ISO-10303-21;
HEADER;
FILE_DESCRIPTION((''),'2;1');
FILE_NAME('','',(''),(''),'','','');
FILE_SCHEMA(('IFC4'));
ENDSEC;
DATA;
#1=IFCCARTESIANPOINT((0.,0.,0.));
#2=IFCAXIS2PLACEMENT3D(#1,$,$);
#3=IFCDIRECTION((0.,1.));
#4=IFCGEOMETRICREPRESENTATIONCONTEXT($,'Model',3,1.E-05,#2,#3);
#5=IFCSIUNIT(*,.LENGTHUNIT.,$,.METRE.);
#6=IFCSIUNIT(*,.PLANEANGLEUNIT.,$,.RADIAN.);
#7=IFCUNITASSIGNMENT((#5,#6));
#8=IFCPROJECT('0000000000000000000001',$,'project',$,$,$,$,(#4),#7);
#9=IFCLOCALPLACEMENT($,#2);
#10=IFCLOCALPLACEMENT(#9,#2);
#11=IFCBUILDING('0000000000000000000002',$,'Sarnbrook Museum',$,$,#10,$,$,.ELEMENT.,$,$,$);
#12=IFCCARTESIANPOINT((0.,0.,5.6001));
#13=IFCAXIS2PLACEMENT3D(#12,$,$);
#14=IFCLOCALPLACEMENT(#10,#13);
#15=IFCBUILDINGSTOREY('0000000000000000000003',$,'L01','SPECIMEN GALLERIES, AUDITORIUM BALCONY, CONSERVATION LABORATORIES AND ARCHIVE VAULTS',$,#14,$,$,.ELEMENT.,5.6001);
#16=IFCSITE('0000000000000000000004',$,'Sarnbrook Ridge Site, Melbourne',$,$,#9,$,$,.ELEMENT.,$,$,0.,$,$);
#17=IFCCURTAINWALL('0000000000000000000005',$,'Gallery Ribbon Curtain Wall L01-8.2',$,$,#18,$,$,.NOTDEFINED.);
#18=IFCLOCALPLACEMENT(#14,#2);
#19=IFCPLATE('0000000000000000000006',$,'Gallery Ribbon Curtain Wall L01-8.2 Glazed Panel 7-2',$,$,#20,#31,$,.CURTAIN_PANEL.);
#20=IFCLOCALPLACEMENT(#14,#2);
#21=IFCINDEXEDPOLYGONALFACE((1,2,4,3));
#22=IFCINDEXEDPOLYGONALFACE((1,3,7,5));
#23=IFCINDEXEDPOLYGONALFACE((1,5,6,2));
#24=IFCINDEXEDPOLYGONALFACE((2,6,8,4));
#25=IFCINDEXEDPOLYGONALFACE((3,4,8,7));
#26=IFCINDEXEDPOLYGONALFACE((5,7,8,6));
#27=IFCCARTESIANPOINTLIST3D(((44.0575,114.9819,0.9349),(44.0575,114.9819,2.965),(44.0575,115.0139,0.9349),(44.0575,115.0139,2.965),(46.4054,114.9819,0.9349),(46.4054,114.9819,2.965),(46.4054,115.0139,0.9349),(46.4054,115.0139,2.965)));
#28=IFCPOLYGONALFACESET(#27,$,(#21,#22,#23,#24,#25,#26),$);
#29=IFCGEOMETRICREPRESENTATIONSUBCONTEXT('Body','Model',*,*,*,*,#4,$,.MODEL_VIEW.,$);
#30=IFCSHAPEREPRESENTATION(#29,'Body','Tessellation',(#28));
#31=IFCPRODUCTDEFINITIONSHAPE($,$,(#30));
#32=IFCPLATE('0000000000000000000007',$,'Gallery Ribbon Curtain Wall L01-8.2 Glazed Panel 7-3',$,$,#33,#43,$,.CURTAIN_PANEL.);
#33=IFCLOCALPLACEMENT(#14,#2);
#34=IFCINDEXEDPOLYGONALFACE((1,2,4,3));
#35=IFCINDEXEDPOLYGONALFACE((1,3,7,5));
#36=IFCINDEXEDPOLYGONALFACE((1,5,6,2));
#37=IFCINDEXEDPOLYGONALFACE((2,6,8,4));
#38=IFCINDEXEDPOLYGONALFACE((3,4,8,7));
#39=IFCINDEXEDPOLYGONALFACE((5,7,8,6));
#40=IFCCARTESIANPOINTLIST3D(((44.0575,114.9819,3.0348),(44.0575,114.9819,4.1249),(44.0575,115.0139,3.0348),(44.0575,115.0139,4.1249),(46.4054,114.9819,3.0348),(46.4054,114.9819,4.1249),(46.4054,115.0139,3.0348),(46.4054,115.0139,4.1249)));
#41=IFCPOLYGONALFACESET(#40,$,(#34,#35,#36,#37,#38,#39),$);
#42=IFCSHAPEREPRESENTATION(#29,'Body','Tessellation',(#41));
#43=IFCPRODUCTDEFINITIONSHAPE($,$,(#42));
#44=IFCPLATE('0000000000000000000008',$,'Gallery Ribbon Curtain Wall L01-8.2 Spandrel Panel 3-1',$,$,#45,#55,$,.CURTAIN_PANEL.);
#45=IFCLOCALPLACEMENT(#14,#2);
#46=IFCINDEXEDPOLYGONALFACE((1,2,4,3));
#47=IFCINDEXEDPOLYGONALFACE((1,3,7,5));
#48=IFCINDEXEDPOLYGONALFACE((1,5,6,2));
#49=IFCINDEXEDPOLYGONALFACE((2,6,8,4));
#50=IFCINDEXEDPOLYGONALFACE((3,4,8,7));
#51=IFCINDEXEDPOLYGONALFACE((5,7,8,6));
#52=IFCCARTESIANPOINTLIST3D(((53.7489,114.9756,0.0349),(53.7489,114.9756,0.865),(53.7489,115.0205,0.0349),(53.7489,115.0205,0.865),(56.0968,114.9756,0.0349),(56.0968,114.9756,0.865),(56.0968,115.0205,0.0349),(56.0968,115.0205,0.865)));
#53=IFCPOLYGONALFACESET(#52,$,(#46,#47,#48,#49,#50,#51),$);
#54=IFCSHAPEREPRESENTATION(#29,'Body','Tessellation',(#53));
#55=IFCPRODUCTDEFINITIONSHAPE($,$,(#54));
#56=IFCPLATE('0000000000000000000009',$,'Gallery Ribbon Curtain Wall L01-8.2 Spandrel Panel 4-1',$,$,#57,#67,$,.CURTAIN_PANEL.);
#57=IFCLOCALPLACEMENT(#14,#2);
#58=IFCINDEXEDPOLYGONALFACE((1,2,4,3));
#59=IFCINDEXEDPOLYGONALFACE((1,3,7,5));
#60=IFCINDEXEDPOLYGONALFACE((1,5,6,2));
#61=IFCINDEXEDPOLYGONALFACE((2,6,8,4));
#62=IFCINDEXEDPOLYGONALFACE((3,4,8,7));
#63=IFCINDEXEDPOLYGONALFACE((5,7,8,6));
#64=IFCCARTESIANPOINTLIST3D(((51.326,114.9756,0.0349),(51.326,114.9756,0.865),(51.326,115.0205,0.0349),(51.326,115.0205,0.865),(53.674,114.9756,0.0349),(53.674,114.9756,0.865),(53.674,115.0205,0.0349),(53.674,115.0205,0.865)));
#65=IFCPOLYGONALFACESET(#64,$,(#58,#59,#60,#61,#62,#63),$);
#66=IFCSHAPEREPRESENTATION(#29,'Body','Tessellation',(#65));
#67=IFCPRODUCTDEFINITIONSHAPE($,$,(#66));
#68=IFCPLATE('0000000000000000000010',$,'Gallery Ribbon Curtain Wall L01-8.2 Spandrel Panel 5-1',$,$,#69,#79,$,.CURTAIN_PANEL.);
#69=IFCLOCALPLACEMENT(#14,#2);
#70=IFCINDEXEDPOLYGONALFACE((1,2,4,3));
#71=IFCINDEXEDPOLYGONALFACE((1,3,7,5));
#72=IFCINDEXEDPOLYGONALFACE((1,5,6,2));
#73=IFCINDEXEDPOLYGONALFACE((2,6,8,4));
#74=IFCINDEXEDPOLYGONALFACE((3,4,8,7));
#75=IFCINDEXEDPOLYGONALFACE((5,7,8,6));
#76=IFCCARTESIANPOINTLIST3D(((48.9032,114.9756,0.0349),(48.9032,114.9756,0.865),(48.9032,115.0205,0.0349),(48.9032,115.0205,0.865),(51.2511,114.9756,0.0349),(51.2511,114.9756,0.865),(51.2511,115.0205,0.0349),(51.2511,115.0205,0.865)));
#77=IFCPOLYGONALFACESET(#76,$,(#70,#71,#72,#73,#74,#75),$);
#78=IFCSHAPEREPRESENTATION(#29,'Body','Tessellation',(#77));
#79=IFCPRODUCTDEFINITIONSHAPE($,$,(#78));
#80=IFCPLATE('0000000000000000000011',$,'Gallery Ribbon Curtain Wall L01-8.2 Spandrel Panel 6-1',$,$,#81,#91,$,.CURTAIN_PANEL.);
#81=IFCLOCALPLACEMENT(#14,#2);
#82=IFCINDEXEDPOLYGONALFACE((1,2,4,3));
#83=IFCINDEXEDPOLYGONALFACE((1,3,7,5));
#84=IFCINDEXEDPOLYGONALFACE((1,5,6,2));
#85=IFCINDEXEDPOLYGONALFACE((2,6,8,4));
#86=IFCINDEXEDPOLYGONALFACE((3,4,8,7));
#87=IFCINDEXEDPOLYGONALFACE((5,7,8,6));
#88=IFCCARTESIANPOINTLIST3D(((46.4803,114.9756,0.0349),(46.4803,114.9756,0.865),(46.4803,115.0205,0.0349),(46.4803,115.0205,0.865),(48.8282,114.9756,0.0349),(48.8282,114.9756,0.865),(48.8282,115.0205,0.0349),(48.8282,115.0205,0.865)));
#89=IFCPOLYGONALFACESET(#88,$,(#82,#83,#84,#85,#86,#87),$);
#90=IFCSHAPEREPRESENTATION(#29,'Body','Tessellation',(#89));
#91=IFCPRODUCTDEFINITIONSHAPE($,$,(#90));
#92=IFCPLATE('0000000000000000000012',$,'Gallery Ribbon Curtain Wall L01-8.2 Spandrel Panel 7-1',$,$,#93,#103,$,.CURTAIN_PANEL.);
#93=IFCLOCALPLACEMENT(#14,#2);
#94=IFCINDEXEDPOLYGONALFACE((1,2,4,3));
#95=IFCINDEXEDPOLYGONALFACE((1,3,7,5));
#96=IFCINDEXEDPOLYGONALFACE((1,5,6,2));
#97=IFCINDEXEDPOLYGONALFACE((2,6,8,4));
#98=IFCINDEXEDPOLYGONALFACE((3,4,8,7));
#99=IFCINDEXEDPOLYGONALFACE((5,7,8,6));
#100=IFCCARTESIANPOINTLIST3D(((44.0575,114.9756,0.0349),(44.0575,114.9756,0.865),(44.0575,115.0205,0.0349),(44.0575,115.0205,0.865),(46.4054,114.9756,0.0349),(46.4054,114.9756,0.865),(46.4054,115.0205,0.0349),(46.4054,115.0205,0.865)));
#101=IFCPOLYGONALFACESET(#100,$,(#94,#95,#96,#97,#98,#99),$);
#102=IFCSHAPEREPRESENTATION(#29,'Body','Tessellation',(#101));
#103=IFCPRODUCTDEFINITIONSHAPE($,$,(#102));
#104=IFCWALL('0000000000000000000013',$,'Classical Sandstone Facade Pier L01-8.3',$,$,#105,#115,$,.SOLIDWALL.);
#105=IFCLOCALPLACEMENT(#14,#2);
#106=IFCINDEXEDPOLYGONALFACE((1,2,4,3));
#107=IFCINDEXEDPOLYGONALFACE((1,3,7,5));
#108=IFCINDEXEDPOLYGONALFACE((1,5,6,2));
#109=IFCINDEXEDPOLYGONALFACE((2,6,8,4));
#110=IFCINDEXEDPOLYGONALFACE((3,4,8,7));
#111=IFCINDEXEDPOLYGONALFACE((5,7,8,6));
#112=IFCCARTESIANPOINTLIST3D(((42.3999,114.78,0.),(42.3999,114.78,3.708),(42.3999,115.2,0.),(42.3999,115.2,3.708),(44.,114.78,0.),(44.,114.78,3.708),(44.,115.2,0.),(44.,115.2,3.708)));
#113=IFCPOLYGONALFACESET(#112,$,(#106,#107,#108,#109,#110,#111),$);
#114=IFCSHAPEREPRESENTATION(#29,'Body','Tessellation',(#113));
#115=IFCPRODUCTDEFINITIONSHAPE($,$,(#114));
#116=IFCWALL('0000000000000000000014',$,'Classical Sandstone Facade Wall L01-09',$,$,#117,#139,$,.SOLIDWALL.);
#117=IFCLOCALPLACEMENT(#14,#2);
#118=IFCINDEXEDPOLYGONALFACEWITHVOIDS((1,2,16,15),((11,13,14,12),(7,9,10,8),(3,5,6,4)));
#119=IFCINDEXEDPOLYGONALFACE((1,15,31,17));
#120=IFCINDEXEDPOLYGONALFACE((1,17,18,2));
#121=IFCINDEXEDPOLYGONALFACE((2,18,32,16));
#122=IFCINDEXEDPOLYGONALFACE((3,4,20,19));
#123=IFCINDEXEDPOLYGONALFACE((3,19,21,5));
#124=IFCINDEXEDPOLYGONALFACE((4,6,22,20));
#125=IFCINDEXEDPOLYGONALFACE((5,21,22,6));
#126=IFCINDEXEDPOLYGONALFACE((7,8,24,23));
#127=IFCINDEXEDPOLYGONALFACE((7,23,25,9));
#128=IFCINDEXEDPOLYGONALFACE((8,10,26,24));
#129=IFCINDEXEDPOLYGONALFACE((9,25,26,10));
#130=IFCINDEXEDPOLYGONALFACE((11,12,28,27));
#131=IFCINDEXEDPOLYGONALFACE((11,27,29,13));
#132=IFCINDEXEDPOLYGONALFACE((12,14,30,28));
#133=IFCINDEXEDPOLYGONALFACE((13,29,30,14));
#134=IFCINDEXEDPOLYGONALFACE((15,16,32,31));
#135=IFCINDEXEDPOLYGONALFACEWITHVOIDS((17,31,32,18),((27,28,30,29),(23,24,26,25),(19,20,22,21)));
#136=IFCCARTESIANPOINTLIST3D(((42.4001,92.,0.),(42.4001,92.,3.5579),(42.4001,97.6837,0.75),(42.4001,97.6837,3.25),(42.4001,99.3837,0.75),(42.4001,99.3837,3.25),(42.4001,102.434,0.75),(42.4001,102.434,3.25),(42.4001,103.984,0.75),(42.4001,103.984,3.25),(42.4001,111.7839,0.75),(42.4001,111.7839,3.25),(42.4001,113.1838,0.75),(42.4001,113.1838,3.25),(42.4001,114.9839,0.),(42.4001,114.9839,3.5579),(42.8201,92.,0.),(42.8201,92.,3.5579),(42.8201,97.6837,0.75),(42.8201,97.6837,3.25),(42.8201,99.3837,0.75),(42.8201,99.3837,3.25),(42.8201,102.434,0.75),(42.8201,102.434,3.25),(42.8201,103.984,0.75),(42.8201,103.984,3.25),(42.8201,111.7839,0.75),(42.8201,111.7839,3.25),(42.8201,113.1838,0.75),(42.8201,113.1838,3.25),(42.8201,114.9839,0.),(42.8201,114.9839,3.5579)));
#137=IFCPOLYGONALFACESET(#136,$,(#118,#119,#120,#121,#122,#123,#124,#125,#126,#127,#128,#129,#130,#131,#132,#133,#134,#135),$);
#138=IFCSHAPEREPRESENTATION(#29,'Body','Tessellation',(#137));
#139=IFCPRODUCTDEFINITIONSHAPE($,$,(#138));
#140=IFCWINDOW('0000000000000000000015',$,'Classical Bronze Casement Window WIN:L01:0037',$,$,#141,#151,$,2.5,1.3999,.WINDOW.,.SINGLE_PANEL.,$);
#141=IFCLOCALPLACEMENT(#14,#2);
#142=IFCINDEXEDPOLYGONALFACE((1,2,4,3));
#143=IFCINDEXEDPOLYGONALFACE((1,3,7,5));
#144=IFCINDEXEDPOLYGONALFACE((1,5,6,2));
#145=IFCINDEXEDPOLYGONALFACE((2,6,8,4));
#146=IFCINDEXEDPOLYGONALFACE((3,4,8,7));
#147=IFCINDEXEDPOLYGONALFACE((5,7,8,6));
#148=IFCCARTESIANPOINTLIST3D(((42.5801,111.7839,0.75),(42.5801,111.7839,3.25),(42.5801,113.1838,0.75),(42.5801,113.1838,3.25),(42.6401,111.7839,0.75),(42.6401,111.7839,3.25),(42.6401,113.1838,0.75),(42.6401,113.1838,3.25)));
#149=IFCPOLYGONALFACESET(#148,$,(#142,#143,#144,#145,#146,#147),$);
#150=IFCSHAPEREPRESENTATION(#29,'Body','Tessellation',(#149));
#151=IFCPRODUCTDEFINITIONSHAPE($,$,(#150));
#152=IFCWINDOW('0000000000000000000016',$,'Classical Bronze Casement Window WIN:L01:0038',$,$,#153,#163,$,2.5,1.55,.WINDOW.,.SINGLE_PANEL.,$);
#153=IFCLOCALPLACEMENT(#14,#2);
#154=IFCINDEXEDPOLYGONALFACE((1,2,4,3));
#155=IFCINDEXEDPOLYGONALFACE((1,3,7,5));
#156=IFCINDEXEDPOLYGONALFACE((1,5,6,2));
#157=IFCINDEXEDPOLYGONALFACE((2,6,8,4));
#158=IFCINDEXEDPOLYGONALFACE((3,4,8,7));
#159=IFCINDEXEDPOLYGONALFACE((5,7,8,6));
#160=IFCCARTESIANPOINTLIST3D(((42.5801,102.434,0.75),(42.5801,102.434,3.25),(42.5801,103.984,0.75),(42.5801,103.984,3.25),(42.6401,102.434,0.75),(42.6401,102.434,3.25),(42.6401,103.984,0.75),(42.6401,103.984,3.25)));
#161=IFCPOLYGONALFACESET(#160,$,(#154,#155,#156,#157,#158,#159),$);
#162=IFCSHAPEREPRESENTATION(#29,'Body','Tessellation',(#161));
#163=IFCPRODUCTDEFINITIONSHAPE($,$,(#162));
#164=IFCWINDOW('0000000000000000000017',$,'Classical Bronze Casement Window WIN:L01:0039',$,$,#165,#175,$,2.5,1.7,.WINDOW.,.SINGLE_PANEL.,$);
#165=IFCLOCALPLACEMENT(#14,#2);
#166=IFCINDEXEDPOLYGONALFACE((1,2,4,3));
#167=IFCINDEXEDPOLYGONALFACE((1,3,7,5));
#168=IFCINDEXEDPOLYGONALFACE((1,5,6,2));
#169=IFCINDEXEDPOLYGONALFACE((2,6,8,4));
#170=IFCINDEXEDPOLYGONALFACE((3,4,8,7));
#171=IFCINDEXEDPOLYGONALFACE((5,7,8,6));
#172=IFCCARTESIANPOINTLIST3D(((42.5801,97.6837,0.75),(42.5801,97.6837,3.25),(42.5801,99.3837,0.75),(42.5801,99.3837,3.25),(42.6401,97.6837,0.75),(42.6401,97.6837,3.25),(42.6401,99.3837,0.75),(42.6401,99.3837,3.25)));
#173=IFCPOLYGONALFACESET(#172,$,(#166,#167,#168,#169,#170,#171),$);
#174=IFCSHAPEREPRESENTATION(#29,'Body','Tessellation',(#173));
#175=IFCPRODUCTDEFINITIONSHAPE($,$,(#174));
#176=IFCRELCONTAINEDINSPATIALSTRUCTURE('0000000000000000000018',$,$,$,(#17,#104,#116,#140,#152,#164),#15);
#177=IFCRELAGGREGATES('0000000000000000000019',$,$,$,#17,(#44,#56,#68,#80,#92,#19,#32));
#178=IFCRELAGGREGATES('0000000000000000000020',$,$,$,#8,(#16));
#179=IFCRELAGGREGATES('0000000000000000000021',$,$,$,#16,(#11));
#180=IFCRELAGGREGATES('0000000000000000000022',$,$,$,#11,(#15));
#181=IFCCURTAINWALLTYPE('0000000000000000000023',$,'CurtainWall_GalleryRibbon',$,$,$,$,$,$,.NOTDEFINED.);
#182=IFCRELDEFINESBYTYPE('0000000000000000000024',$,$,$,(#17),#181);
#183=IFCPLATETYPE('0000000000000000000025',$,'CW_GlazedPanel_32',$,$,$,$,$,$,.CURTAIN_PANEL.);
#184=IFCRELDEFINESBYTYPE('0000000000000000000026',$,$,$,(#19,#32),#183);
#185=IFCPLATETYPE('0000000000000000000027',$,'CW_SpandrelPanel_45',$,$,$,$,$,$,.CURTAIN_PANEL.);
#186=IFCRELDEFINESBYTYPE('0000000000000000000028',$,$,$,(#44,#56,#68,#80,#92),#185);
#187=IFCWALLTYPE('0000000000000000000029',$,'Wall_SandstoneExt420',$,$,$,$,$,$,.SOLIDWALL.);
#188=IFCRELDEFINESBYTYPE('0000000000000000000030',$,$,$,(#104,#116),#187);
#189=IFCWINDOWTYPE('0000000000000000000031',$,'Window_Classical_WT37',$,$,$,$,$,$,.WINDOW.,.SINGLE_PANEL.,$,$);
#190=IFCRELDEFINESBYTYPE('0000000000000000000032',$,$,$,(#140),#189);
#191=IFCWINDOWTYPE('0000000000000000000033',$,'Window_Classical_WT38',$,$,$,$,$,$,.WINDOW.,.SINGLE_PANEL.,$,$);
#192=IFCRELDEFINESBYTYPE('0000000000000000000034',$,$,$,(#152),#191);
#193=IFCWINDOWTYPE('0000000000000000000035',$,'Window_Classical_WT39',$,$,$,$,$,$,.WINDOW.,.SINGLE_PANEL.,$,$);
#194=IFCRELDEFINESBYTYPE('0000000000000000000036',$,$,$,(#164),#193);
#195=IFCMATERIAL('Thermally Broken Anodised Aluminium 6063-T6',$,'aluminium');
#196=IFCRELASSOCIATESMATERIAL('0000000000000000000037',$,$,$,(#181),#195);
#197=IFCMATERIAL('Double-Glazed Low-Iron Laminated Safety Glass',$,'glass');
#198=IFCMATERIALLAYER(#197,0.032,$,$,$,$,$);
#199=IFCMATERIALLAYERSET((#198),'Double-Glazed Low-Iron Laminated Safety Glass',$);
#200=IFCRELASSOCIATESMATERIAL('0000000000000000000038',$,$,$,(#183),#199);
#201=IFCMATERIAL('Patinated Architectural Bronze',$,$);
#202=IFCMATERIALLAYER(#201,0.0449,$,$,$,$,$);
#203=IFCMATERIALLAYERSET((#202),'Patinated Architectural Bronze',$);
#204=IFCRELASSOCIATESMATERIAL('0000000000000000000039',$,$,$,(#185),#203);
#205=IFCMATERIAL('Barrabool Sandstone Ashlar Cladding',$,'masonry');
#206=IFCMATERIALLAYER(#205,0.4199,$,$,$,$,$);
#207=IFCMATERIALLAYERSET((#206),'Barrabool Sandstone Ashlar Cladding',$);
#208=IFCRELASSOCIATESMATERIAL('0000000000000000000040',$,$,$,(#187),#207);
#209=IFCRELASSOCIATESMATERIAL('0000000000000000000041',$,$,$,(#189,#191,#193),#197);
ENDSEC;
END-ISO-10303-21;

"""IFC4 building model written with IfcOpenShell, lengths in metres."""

from ifc_helpers import new_model, si_unit, direction, frame, frame_2d, origin, origin_2d, place, context, subcontext, project, spatial, rectangle, extrude, material, layer, layer_set, type_object, element, fill, aggregate, save


model = new_model("IFC4")

# Units and contexts
model_context = context("Model", 3, precision=1e-05, world=origin(), true_north=direction((0.0, 1.0)))
body_context = subcontext(model_context, "Body", "Model", "MODEL_VIEW")
ifc_project = project(units=[si_unit("LENGTHUNIT", "METRE"), si_unit("PLANEANGLEUNIT", "RADIAN")], contexts=[model_context])

# Site, building, storey
site_placement = place(None, origin())
site = spatial("IfcSite", under=ifc_project, at=site_placement, Name="Sarnbrook Ridge Site, Melbourne", CompositionType="ELEMENT", RefElevation=0.0)
building_placement = place(site_placement, origin())
building = spatial("IfcBuilding", under=site, at=building_placement, Name="Sarnbrook Museum", CompositionType="ELEMENT")
storey_placement = place(building_placement, frame((0.0, 0.0, 5.6001)))
storey = spatial("IfcBuildingStorey", under=building, at=storey_placement, Name="L01", Description="SPECIMEN GALLERIES, AUDITORIUM BALCONY, CONSERVATION LABORATORIES AND ARCHIVE VAULTS", CompositionType="ELEMENT", Elevation=5.6001)

# Curtain wall
ifc_material_1 = material(Name="Thermally Broken Anodised Aluminium 6063-T6", Category="aluminium")
curtain_wall_type = type_object("IfcCurtainWallType", Name="CurtainWall_GalleryRibbon", PredefinedType="NOTDEFINED", material=ifc_material_1)
curtain_wall_placement = place(storey_placement, origin())
curtain_wall = element("IfcCurtainWall", 1, at=curtain_wall_placement, inside=storey, type_object=curtain_wall_type, Name="Gallery Ribbon Curtain Wall L01-8.2", PredefinedType="NOTDEFINED")

# Plates
ifc_material_2 = material(Name="Double-Glazed Low-Iron Laminated Safety Glass", Category="glass")
ifc_layer_1 = layer(ifc_material_2, 0.032)
ifc_layer_set_1 = layer_set([ifc_layer_1], Name="Double-Glazed Low-Iron Laminated Safety Glass")
plate_type_1 = type_object("IfcPlateType", Name="CW_GlazedPanel_32", PredefinedType="CURTAIN_PANEL", material=ifc_layer_set_1)
plate_1_placement = place(storey_placement, frame((45.2314, 114.9819, 1.95), z_axis=(0.0, 1.0, 0.0), x_axis=(-1.0, 0.0, 0.0)))
plate_1 = element("IfcPlate", 2, at=plate_1_placement, type_object=plate_type_1, Name="Gallery Ribbon Curtain Wall L01-8.2 Glazed Panel 7-2", PredefinedType="CURTAIN_PANEL", context=body_context, shape_type="SweptSolid", body=[
    extrude(rectangle(XDim=2.3479, YDim=2.03, at=origin_2d()), origin(), (0.0, 0.0, 1.0), 0.032),
])
plate_2_placement = place(storey_placement, frame((45.2314, 114.9819, 3.5798), z_axis=(0.0, 1.0, 0.0), x_axis=(-1.0, 0.0, 0.0)))
plate_2 = element("IfcPlate", 3, at=plate_2_placement, type_object=plate_type_1, Name="Gallery Ribbon Curtain Wall L01-8.2 Glazed Panel 7-3", PredefinedType="CURTAIN_PANEL", context=body_context, shape_type="SweptSolid", body=[
    extrude(rectangle(XDim=2.3479, YDim=1.0901, at=origin_2d()), origin(), (0.0, 0.0, 1.0), 0.032),
])
ifc_material_3 = material(Name="Patinated Architectural Bronze")
ifc_layer_2 = layer(ifc_material_3, 0.0449)
ifc_layer_set_2 = layer_set([ifc_layer_2], Name="Patinated Architectural Bronze")
plate_type_2 = type_object("IfcPlateType", Name="CW_SpandrelPanel_45", PredefinedType="CURTAIN_PANEL", material=ifc_layer_set_2)
plate_3_placement = place(storey_placement, frame((54.9229, 114.9756, 0.45), z_axis=(0.0, 1.0, 0.0), x_axis=(-1.0, 0.0, 0.0)))
plate_3 = element("IfcPlate", 4, at=plate_3_placement, type_object=plate_type_2, Name="Gallery Ribbon Curtain Wall L01-8.2 Spandrel Panel 3-1", PredefinedType="CURTAIN_PANEL", context=body_context, shape_type="SweptSolid", body=[
    extrude(rectangle(XDim=2.3479, YDim=0.8301, at=origin_2d()), origin(), (0.0, 0.0, 1.0), 0.0449),
])
plate_4_placement = place(storey_placement, frame((52.5, 114.9756, 0.45), z_axis=(0.0, 1.0, 0.0), x_axis=(-1.0, 0.0, 0.0)))
plate_4 = element("IfcPlate", 5, at=plate_4_placement, type_object=plate_type_2, Name="Gallery Ribbon Curtain Wall L01-8.2 Spandrel Panel 4-1", PredefinedType="CURTAIN_PANEL", context=body_context, shape_type="SweptSolid", body=[
    extrude(rectangle(XDim=2.3479, YDim=0.8301, at=origin_2d()), origin(), (0.0, 0.0, 1.0), 0.0449),
])
plate_5_placement = place(storey_placement, frame((50.0771, 114.9756, 0.45), z_axis=(0.0, 1.0, 0.0), x_axis=(-1.0, 0.0, 0.0)))
plate_5 = element("IfcPlate", 6, at=plate_5_placement, type_object=plate_type_2, Name="Gallery Ribbon Curtain Wall L01-8.2 Spandrel Panel 5-1", PredefinedType="CURTAIN_PANEL", context=body_context, shape_type="SweptSolid", body=[
    extrude(rectangle(XDim=2.3479, YDim=0.8301, at=origin_2d()), origin(), (0.0, 0.0, 1.0), 0.0449),
])
plate_6_placement = place(storey_placement, frame((47.6543, 114.9756, 0.45), z_axis=(0.0, 1.0, 0.0), x_axis=(-1.0, 0.0, 0.0)))
plate_6 = element("IfcPlate", 7, at=plate_6_placement, type_object=plate_type_2, Name="Gallery Ribbon Curtain Wall L01-8.2 Spandrel Panel 6-1", PredefinedType="CURTAIN_PANEL", context=body_context, shape_type="SweptSolid", body=[
    extrude(rectangle(XDim=2.3479, YDim=0.8301, at=origin_2d()), origin(), (0.0, 0.0, 1.0), 0.0449),
])
plate_7_placement = place(storey_placement, frame((45.2314, 114.9756, 0.45), z_axis=(0.0, 1.0, 0.0), x_axis=(-1.0, 0.0, 0.0)))
plate_7 = element("IfcPlate", 8, at=plate_7_placement, type_object=plate_type_2, Name="Gallery Ribbon Curtain Wall L01-8.2 Spandrel Panel 7-1", PredefinedType="CURTAIN_PANEL", context=body_context, shape_type="SweptSolid", body=[
    extrude(rectangle(XDim=2.3479, YDim=0.8301, at=origin_2d()), origin(), (0.0, 0.0, 1.0), 0.0449),
])
aggregate(curtain_wall, [plate_3, plate_4, plate_5, plate_6, plate_7, plate_1, plate_2])

# Wall
ifc_material_4 = material(Name="Barrabool Sandstone Ashlar Cladding", Category="masonry")
ifc_layer_3 = layer(ifc_material_4, 0.4199)
ifc_layer_set_3 = layer_set([ifc_layer_3], Name="Barrabool Sandstone Ashlar Cladding")
wall_type = type_object("IfcWallType", Name="Wall_SandstoneExt420", PredefinedType="SOLIDWALL", material=ifc_layer_set_3)
wall_1_placement = place(storey_placement, frame((44.0, 114.99, 0.0), z_axis=(0.0, 0.0, 1.0), x_axis=(-1.0, 0.0, 0.0)))
element("IfcWall", 9, at=wall_1_placement, inside=storey, type_object=wall_type, Name="Classical Sandstone Facade Pier L01-8.3", PredefinedType="SOLIDWALL", context=body_context, shape_type="SweptSolid", body=[
    extrude(rectangle(XDim=1.6001, YDim=0.4199, at=frame_2d((0.8, 0.0))), origin(), (0.0, 0.0, 1.0), 3.708),
])

# Wall, openings, windows
wall_2_placement = place(storey_placement, frame((42.6101, 114.9839, 0.0), z_axis=(0.0, 0.0, 1.0), x_axis=(0.0, -1.0, 0.0)))
wall_2 = element("IfcWall", 10, at=wall_2_placement, inside=storey, type_object=wall_type, Name="Classical Sandstone Facade Wall L01-09", PredefinedType="SOLIDWALL", context=body_context, shape_type="SweptSolid", body=[
    extrude(rectangle(XDim=22.9839, YDim=0.4199, at=frame_2d((11.4919, 0.0))), origin(), (0.0, 0.0, 1.0), 3.5579),
])
opening_1_placement = place(wall_2_placement, frame((1.8, 0.0, 0.75)))
opening_1 = element("IfcOpeningElement", 11, at=opening_1_placement, cuts=wall_2, PredefinedType="OPENING", context=body_context, shape_type="SweptSolid", body=[
    extrude(rectangle(XDim=1.3999, YDim=2.5, at=frame_2d((0.7, 1.25))), frame((0.0, 0.22, 0.0), z_axis=(0.0, -1.0, 0.0), x_axis=(1.0, 0.0, 0.0)), (0.0, 0.0, 1.0), 0.4399),
])
opening_2_placement = place(wall_2_placement, frame((11.0, 0.0, 0.75)))
opening_2 = element("IfcOpeningElement", 12, at=opening_2_placement, cuts=wall_2, PredefinedType="OPENING", context=body_context, shape_type="SweptSolid", body=[
    extrude(rectangle(XDim=1.55, YDim=2.5, at=frame_2d((0.7749, 1.25))), frame((0.0, 0.22, 0.0), z_axis=(0.0, -1.0, 0.0), x_axis=(1.0, 0.0, 0.0)), (0.0, 0.0, 1.0), 0.4399),
])
opening_3_placement = place(wall_2_placement, frame((15.6001, 0.0, 0.75)))
opening_3 = element("IfcOpeningElement", 13, at=opening_3_placement, cuts=wall_2, PredefinedType="OPENING", context=body_context, shape_type="SweptSolid", body=[
    extrude(rectangle(XDim=1.7, YDim=2.5, at=frame_2d((0.8501, 1.25))), frame((0.0, 0.22, 0.0), z_axis=(0.0, -1.0, 0.0), x_axis=(1.0, 0.0, 0.0)), (0.0, 0.0, 1.0), 0.4399),
])
window_type_1 = type_object("IfcWindowType", Name="Window_Classical_WT37", PartitioningType="SINGLE_PANEL", PredefinedType="WINDOW", material=ifc_material_2)
window_1_placement = place(opening_1_placement, origin())
window_1 = element("IfcWindow", 14, at=window_1_placement, inside=storey, type_object=window_type_1, Name="Classical Bronze Casement Window WIN:L01:0037", OverallHeight=2.5, OverallWidth=1.3999, PartitioningType="SINGLE_PANEL", PredefinedType="WINDOW", context=body_context, shape_type="SweptSolid", body=[
    extrude(rectangle(XDim=1.3999, YDim=2.5, at=frame_2d((0.7, 1.25))), frame((0.0, 0.03, 0.0), z_axis=(0.0, -1.0, 0.0), x_axis=(1.0, 0.0, 0.0)), (0.0, 0.0, 1.0), 0.0601),
])
fill(opening_1, window_1)
window_type_2 = type_object("IfcWindowType", Name="Window_Classical_WT38", PartitioningType="SINGLE_PANEL", PredefinedType="WINDOW", material=ifc_material_2)
window_2_placement = place(opening_2_placement, origin())
window_2 = element("IfcWindow", 15, at=window_2_placement, inside=storey, type_object=window_type_2, Name="Classical Bronze Casement Window WIN:L01:0038", OverallHeight=2.5, OverallWidth=1.55, PartitioningType="SINGLE_PANEL", PredefinedType="WINDOW", context=body_context, shape_type="SweptSolid", body=[
    extrude(rectangle(XDim=1.55, YDim=2.5, at=frame_2d((0.7749, 1.25))), frame((0.0, 0.03, 0.0), z_axis=(0.0, -1.0, 0.0), x_axis=(1.0, 0.0, 0.0)), (0.0, 0.0, 1.0), 0.0601),
])
fill(opening_2, window_2)
window_type_3 = type_object("IfcWindowType", Name="Window_Classical_WT39", PartitioningType="SINGLE_PANEL", PredefinedType="WINDOW", material=ifc_material_2)
window_3_placement = place(opening_3_placement, origin())
window_3 = element("IfcWindow", 16, at=window_3_placement, inside=storey, type_object=window_type_3, Name="Classical Bronze Casement Window WIN:L01:0039", OverallHeight=2.5, OverallWidth=1.7, PartitioningType="SINGLE_PANEL", PredefinedType="WINDOW", context=body_context, shape_type="SweptSolid", body=[
    extrude(rectangle(XDim=1.7, YDim=2.5, at=frame_2d((0.8501, 1.25))), frame((0.0, 0.03, 0.0), z_axis=(0.0, -1.0, 0.0), x_axis=(1.0, 0.0, 0.0)), (0.0, 0.0, 1.0), 0.0601),
])
fill(opening_3, window_3)

save(model, "model.ifc")
